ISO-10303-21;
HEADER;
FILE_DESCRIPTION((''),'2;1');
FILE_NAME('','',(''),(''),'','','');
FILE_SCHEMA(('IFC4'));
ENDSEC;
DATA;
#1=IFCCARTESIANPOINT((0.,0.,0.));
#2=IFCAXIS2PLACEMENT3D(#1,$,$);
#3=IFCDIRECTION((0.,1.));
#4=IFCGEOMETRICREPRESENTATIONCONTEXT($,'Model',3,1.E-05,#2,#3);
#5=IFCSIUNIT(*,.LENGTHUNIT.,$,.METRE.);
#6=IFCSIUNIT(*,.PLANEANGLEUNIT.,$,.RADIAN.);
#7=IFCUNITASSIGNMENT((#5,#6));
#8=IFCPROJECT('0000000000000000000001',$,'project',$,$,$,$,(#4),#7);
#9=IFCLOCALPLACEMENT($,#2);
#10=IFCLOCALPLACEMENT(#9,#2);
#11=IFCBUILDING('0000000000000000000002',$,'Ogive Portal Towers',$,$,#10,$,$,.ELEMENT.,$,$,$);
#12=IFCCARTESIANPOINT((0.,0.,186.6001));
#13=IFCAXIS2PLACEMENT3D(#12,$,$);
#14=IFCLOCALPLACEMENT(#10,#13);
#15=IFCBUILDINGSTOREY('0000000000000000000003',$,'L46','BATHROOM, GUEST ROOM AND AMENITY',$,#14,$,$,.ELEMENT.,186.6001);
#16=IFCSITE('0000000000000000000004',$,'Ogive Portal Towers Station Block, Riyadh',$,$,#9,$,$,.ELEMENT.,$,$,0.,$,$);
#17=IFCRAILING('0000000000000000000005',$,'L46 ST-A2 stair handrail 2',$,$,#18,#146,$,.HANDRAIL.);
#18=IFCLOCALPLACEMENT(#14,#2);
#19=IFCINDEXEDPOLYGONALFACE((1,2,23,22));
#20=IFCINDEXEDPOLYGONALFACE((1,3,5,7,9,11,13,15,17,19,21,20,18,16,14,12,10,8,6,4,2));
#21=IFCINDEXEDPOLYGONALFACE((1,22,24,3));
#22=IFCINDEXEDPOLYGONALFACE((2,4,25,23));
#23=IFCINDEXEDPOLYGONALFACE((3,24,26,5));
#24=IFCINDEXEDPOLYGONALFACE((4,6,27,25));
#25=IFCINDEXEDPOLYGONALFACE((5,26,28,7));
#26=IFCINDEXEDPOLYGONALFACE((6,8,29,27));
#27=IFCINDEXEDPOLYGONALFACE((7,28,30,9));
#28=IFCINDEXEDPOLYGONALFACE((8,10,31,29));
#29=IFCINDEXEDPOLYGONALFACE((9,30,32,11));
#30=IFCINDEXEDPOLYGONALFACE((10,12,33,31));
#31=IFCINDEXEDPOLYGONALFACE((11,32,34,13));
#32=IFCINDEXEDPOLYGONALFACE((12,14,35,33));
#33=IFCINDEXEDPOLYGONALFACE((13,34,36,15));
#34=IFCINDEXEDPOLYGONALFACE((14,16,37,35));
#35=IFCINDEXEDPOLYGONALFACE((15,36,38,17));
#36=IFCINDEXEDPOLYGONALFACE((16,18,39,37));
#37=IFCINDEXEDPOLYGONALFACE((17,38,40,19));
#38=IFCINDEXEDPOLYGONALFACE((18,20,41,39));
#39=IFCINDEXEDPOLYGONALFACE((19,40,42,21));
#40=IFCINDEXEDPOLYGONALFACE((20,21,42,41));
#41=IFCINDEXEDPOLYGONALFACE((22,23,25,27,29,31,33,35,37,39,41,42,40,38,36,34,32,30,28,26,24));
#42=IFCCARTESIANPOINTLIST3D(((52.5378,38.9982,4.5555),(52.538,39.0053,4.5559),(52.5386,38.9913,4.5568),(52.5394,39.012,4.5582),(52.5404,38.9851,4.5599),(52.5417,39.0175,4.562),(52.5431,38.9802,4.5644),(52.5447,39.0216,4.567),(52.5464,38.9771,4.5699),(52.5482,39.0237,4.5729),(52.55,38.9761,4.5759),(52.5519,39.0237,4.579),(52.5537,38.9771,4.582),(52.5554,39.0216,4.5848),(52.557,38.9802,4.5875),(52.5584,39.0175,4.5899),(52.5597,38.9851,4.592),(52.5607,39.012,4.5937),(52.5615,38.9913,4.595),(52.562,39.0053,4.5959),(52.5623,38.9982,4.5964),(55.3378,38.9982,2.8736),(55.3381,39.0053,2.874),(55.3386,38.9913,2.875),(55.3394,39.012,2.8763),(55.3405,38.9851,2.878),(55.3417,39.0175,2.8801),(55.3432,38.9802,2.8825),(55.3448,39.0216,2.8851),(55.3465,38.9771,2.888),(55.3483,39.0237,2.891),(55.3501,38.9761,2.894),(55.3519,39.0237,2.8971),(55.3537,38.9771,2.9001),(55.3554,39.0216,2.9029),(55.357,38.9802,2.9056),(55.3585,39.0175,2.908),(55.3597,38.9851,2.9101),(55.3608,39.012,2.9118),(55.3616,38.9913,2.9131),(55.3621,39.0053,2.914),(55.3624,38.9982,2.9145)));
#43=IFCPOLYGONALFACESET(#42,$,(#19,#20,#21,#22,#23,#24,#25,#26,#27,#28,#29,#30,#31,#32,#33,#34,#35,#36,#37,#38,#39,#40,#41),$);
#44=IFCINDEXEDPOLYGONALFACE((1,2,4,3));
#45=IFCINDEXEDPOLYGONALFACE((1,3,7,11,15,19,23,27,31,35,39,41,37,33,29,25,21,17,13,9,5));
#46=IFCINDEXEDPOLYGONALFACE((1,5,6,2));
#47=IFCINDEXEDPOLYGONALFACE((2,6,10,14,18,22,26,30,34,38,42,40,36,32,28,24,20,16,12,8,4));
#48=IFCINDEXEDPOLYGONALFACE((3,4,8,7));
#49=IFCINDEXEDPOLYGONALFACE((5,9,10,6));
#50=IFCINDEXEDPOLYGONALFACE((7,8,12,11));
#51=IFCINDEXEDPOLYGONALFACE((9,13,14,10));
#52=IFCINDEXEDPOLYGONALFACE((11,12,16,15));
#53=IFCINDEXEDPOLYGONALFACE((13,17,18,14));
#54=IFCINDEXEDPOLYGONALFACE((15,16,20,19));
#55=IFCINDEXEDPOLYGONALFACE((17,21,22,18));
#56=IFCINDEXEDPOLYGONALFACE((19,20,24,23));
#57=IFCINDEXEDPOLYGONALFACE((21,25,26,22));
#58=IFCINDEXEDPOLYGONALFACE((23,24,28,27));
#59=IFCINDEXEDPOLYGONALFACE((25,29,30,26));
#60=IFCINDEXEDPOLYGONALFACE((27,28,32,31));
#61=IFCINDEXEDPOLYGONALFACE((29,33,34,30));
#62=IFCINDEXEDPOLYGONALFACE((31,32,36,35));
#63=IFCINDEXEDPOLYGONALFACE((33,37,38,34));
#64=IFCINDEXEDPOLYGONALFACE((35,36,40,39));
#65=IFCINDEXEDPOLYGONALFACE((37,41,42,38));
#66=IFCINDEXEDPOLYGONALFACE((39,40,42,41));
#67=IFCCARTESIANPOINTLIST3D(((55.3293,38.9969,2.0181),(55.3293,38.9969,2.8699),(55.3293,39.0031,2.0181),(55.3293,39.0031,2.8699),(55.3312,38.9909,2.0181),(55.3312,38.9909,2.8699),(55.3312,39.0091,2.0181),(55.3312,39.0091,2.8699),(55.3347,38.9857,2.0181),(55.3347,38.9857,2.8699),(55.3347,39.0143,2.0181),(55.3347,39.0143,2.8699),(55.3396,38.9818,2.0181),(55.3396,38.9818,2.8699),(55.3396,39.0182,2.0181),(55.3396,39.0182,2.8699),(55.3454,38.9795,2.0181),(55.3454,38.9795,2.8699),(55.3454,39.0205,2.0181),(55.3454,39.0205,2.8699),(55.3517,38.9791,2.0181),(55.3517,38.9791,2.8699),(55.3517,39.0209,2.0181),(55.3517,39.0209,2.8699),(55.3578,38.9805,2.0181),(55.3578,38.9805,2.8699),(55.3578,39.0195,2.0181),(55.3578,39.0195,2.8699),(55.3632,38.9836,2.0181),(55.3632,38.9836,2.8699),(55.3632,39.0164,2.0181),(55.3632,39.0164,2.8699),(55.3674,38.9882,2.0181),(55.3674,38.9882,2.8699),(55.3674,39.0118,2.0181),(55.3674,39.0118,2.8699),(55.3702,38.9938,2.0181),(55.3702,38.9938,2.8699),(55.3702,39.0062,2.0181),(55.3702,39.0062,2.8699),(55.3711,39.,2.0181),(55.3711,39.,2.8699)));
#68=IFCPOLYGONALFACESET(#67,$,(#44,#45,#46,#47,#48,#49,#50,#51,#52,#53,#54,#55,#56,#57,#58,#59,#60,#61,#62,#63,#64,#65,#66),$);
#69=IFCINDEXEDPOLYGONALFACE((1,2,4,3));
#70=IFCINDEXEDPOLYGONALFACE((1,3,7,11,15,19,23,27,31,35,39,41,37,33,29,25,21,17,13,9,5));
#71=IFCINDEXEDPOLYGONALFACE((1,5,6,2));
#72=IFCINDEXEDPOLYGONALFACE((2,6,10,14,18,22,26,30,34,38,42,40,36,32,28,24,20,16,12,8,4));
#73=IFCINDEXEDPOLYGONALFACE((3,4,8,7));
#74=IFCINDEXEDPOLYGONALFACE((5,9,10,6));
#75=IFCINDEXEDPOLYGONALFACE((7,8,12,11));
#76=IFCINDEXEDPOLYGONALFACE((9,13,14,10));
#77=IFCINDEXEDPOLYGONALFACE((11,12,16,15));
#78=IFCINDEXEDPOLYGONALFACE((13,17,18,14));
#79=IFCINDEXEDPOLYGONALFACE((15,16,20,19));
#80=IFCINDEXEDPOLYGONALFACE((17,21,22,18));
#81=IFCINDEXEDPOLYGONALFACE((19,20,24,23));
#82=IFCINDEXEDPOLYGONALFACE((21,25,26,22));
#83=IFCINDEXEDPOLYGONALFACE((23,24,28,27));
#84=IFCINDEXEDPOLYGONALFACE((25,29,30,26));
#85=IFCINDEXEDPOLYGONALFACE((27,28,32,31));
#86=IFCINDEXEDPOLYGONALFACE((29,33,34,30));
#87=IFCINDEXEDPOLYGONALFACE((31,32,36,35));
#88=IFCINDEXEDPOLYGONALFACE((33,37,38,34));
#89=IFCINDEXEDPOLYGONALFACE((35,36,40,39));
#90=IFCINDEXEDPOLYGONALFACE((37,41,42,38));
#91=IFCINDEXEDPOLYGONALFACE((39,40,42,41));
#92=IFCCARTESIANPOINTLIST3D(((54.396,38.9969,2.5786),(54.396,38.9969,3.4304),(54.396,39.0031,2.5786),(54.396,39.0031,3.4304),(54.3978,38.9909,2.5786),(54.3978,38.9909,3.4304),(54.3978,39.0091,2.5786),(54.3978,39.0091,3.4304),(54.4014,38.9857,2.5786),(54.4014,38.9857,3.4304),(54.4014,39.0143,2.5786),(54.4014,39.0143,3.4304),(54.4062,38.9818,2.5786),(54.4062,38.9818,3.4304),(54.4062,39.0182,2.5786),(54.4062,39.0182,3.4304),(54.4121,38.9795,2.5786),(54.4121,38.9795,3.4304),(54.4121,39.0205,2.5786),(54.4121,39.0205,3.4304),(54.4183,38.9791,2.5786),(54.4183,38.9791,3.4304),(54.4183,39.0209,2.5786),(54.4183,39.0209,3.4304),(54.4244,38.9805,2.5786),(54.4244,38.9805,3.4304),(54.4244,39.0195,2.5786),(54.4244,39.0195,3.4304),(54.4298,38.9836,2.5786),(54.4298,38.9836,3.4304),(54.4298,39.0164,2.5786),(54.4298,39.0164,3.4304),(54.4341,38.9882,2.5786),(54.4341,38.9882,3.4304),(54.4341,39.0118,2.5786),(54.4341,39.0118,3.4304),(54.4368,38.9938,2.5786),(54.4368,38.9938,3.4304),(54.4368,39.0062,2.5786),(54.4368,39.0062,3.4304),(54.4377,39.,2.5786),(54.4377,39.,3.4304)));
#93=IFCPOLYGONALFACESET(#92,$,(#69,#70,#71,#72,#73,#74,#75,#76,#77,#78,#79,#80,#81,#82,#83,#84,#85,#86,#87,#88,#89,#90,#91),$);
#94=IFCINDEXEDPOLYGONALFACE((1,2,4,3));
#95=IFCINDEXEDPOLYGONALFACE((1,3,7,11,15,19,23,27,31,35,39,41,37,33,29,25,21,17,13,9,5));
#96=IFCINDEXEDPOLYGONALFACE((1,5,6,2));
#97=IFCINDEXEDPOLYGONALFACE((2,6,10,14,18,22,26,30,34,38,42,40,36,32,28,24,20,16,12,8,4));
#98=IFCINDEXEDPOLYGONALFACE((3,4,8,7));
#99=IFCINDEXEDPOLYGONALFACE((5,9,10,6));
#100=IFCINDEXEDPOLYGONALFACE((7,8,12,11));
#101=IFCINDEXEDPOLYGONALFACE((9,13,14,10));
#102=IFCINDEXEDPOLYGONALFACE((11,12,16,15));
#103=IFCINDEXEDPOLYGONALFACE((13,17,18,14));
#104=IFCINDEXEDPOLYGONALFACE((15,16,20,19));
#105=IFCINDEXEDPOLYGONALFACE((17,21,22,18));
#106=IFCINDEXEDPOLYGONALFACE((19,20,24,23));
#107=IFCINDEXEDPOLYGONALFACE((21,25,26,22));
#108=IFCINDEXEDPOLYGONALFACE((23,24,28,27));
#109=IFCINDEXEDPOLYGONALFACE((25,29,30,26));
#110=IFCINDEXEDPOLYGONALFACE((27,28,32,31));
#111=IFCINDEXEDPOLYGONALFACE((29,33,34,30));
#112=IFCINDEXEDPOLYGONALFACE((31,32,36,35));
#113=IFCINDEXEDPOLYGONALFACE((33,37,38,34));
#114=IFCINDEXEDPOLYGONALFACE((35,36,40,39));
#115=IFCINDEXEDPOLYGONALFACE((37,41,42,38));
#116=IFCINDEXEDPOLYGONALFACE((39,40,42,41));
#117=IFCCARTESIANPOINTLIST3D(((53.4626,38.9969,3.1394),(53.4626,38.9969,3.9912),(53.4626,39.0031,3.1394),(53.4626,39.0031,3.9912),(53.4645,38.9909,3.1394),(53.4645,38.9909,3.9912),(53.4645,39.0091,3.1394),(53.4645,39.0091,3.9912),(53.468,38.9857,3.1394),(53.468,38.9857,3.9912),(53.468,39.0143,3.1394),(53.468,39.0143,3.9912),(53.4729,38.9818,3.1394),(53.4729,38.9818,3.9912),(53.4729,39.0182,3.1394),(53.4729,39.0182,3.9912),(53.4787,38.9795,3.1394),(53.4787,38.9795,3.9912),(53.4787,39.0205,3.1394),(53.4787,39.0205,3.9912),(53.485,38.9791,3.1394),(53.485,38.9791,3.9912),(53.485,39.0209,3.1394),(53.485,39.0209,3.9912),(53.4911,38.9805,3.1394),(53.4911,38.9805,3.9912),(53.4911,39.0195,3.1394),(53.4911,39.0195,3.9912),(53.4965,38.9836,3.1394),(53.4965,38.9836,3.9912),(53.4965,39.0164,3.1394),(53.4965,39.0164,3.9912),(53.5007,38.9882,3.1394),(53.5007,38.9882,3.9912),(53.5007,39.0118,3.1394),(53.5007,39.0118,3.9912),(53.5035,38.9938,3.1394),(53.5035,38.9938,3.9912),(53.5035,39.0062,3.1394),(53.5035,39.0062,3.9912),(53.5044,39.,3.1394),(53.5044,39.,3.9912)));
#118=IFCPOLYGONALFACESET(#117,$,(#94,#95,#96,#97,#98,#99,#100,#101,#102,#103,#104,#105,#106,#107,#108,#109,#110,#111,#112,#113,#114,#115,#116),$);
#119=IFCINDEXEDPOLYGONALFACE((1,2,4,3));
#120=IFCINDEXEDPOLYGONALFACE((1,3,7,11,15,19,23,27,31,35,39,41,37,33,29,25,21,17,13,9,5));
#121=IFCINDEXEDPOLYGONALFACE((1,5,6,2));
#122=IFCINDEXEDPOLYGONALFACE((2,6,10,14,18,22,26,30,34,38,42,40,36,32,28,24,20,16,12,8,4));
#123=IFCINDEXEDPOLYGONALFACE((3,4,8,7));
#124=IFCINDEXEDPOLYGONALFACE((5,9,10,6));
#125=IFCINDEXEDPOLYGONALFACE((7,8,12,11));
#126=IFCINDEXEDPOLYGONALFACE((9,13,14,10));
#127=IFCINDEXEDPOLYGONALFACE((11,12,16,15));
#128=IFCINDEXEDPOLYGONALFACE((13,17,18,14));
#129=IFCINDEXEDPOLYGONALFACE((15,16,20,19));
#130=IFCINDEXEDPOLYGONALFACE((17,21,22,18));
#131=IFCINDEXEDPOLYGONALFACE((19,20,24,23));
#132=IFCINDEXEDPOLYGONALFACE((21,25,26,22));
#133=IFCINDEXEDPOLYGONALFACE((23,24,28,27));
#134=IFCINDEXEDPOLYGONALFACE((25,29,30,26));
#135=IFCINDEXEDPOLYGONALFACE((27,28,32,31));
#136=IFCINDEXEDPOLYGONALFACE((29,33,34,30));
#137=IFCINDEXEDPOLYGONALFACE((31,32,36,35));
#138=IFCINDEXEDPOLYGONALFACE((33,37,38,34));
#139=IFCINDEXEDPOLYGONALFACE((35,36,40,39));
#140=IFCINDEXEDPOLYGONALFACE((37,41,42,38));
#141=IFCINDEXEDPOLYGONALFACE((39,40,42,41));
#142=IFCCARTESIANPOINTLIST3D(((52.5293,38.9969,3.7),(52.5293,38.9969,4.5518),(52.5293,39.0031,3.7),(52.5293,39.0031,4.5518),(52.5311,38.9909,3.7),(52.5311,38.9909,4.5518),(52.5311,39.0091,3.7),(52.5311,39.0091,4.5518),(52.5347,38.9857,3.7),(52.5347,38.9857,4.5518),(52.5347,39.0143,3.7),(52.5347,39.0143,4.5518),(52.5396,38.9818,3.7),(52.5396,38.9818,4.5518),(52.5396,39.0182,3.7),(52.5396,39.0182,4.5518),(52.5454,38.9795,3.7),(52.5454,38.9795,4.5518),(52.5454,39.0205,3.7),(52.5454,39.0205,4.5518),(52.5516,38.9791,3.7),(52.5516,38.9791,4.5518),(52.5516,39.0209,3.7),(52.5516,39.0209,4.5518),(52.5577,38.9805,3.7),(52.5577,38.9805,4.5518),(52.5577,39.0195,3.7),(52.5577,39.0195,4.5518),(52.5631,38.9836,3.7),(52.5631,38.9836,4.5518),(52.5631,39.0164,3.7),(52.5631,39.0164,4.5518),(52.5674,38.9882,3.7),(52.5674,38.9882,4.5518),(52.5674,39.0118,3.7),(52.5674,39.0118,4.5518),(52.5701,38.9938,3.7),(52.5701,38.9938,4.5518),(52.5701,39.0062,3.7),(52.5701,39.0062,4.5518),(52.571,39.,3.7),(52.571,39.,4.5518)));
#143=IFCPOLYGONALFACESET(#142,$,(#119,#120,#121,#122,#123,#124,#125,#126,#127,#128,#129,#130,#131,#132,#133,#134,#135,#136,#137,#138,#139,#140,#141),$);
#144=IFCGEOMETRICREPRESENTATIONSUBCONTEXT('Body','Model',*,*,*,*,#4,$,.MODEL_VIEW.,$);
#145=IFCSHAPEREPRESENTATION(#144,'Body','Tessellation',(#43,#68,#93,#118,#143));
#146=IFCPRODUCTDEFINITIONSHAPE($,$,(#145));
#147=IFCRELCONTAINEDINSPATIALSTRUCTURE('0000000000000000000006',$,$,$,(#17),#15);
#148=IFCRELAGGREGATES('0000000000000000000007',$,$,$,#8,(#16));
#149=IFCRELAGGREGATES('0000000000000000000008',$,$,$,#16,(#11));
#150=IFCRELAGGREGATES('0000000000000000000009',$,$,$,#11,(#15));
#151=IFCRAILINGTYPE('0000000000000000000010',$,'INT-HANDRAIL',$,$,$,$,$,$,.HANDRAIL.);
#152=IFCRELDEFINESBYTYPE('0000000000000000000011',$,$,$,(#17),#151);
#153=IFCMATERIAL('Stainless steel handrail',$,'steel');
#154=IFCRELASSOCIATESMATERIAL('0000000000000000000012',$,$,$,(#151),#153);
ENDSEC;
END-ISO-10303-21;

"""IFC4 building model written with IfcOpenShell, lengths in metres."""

from ifc_helpers import new_model, si_unit, direction, frame, origin, origin_2d, place, context, subcontext, project, spatial, circle, extrude, material, type_object, element, save


model = new_model("IFC4")

# Units and contexts
model_context = context("Model", 3, precision=1e-05, world=origin(), true_north=direction((0.0, 1.0)))
body_context = subcontext(model_context, "Body", "Model", "MODEL_VIEW")
ifc_project = project(units=[si_unit("LENGTHUNIT", "METRE"), si_unit("PLANEANGLEUNIT", "RADIAN")], contexts=[model_context])

# Site, building, storey
site_placement = place(None, origin())
site = spatial("IfcSite", under=ifc_project, at=site_placement, Name="Ogive Portal Towers Station Block, Riyadh", CompositionType="ELEMENT", RefElevation=0.0)
building_placement = place(site_placement, origin())
building = spatial("IfcBuilding", under=site, at=building_placement, Name="Ogive Portal Towers", CompositionType="ELEMENT")
storey_placement = place(building_placement, frame((0.0, 0.0, 186.6001)))
storey = spatial("IfcBuildingStorey", under=building, at=storey_placement, Name="L46", Description="BATHROOM, GUEST ROOM AND AMENITY", CompositionType="ELEMENT", Elevation=186.6001)

# Railing
ifc_material_1 = material(Name="Stainless steel handrail", Category="steel")
railing_type_1 = type_object("IfcRailingType", Name="INT-HANDRAIL", PredefinedType="HANDRAIL", material=ifc_material_1)
railing_1_placement = place(storey_placement, frame((55.3501, 39.0, 2.0181)))
element("IfcRailing", 1, at=railing_1_placement, inside=storey, type_object=railing_type_1, Name="L46 ST-A2 stair handrail 2", PredefinedType="HANDRAIL", context=body_context, shape_type="SweptSolid", body=[
    extrude(circle(Radius=0.0239, at=origin_2d()), frame((0.0, 0.0, 0.876), z_axis=(-0.857242, 0.0, 0.514913), x_axis=(0.0, -1.0, 0.0)), (0.0, 0.0, 1.0), 3.2664),
    extrude(circle(Radius=0.021, at=origin_2d()), origin(), (0.0, 0.0, 1.0), 0.8518),
    extrude(circle(Radius=0.021, at=origin_2d()), frame((-0.9333, 0.0, 0.5605)), (0.0, 0.0, 1.0), 0.8518),
    extrude(circle(Radius=0.021, at=origin_2d()), frame((-1.8667, 0.0, 1.1213)), (0.0, 0.0, 1.0), 0.8518),
    extrude(circle(Radius=0.021, at=origin_2d()), frame((-2.8, 0.0, 1.6819)), (0.0, 0.0, 1.0), 0.8518),
])

save(model, "model.ifc")
